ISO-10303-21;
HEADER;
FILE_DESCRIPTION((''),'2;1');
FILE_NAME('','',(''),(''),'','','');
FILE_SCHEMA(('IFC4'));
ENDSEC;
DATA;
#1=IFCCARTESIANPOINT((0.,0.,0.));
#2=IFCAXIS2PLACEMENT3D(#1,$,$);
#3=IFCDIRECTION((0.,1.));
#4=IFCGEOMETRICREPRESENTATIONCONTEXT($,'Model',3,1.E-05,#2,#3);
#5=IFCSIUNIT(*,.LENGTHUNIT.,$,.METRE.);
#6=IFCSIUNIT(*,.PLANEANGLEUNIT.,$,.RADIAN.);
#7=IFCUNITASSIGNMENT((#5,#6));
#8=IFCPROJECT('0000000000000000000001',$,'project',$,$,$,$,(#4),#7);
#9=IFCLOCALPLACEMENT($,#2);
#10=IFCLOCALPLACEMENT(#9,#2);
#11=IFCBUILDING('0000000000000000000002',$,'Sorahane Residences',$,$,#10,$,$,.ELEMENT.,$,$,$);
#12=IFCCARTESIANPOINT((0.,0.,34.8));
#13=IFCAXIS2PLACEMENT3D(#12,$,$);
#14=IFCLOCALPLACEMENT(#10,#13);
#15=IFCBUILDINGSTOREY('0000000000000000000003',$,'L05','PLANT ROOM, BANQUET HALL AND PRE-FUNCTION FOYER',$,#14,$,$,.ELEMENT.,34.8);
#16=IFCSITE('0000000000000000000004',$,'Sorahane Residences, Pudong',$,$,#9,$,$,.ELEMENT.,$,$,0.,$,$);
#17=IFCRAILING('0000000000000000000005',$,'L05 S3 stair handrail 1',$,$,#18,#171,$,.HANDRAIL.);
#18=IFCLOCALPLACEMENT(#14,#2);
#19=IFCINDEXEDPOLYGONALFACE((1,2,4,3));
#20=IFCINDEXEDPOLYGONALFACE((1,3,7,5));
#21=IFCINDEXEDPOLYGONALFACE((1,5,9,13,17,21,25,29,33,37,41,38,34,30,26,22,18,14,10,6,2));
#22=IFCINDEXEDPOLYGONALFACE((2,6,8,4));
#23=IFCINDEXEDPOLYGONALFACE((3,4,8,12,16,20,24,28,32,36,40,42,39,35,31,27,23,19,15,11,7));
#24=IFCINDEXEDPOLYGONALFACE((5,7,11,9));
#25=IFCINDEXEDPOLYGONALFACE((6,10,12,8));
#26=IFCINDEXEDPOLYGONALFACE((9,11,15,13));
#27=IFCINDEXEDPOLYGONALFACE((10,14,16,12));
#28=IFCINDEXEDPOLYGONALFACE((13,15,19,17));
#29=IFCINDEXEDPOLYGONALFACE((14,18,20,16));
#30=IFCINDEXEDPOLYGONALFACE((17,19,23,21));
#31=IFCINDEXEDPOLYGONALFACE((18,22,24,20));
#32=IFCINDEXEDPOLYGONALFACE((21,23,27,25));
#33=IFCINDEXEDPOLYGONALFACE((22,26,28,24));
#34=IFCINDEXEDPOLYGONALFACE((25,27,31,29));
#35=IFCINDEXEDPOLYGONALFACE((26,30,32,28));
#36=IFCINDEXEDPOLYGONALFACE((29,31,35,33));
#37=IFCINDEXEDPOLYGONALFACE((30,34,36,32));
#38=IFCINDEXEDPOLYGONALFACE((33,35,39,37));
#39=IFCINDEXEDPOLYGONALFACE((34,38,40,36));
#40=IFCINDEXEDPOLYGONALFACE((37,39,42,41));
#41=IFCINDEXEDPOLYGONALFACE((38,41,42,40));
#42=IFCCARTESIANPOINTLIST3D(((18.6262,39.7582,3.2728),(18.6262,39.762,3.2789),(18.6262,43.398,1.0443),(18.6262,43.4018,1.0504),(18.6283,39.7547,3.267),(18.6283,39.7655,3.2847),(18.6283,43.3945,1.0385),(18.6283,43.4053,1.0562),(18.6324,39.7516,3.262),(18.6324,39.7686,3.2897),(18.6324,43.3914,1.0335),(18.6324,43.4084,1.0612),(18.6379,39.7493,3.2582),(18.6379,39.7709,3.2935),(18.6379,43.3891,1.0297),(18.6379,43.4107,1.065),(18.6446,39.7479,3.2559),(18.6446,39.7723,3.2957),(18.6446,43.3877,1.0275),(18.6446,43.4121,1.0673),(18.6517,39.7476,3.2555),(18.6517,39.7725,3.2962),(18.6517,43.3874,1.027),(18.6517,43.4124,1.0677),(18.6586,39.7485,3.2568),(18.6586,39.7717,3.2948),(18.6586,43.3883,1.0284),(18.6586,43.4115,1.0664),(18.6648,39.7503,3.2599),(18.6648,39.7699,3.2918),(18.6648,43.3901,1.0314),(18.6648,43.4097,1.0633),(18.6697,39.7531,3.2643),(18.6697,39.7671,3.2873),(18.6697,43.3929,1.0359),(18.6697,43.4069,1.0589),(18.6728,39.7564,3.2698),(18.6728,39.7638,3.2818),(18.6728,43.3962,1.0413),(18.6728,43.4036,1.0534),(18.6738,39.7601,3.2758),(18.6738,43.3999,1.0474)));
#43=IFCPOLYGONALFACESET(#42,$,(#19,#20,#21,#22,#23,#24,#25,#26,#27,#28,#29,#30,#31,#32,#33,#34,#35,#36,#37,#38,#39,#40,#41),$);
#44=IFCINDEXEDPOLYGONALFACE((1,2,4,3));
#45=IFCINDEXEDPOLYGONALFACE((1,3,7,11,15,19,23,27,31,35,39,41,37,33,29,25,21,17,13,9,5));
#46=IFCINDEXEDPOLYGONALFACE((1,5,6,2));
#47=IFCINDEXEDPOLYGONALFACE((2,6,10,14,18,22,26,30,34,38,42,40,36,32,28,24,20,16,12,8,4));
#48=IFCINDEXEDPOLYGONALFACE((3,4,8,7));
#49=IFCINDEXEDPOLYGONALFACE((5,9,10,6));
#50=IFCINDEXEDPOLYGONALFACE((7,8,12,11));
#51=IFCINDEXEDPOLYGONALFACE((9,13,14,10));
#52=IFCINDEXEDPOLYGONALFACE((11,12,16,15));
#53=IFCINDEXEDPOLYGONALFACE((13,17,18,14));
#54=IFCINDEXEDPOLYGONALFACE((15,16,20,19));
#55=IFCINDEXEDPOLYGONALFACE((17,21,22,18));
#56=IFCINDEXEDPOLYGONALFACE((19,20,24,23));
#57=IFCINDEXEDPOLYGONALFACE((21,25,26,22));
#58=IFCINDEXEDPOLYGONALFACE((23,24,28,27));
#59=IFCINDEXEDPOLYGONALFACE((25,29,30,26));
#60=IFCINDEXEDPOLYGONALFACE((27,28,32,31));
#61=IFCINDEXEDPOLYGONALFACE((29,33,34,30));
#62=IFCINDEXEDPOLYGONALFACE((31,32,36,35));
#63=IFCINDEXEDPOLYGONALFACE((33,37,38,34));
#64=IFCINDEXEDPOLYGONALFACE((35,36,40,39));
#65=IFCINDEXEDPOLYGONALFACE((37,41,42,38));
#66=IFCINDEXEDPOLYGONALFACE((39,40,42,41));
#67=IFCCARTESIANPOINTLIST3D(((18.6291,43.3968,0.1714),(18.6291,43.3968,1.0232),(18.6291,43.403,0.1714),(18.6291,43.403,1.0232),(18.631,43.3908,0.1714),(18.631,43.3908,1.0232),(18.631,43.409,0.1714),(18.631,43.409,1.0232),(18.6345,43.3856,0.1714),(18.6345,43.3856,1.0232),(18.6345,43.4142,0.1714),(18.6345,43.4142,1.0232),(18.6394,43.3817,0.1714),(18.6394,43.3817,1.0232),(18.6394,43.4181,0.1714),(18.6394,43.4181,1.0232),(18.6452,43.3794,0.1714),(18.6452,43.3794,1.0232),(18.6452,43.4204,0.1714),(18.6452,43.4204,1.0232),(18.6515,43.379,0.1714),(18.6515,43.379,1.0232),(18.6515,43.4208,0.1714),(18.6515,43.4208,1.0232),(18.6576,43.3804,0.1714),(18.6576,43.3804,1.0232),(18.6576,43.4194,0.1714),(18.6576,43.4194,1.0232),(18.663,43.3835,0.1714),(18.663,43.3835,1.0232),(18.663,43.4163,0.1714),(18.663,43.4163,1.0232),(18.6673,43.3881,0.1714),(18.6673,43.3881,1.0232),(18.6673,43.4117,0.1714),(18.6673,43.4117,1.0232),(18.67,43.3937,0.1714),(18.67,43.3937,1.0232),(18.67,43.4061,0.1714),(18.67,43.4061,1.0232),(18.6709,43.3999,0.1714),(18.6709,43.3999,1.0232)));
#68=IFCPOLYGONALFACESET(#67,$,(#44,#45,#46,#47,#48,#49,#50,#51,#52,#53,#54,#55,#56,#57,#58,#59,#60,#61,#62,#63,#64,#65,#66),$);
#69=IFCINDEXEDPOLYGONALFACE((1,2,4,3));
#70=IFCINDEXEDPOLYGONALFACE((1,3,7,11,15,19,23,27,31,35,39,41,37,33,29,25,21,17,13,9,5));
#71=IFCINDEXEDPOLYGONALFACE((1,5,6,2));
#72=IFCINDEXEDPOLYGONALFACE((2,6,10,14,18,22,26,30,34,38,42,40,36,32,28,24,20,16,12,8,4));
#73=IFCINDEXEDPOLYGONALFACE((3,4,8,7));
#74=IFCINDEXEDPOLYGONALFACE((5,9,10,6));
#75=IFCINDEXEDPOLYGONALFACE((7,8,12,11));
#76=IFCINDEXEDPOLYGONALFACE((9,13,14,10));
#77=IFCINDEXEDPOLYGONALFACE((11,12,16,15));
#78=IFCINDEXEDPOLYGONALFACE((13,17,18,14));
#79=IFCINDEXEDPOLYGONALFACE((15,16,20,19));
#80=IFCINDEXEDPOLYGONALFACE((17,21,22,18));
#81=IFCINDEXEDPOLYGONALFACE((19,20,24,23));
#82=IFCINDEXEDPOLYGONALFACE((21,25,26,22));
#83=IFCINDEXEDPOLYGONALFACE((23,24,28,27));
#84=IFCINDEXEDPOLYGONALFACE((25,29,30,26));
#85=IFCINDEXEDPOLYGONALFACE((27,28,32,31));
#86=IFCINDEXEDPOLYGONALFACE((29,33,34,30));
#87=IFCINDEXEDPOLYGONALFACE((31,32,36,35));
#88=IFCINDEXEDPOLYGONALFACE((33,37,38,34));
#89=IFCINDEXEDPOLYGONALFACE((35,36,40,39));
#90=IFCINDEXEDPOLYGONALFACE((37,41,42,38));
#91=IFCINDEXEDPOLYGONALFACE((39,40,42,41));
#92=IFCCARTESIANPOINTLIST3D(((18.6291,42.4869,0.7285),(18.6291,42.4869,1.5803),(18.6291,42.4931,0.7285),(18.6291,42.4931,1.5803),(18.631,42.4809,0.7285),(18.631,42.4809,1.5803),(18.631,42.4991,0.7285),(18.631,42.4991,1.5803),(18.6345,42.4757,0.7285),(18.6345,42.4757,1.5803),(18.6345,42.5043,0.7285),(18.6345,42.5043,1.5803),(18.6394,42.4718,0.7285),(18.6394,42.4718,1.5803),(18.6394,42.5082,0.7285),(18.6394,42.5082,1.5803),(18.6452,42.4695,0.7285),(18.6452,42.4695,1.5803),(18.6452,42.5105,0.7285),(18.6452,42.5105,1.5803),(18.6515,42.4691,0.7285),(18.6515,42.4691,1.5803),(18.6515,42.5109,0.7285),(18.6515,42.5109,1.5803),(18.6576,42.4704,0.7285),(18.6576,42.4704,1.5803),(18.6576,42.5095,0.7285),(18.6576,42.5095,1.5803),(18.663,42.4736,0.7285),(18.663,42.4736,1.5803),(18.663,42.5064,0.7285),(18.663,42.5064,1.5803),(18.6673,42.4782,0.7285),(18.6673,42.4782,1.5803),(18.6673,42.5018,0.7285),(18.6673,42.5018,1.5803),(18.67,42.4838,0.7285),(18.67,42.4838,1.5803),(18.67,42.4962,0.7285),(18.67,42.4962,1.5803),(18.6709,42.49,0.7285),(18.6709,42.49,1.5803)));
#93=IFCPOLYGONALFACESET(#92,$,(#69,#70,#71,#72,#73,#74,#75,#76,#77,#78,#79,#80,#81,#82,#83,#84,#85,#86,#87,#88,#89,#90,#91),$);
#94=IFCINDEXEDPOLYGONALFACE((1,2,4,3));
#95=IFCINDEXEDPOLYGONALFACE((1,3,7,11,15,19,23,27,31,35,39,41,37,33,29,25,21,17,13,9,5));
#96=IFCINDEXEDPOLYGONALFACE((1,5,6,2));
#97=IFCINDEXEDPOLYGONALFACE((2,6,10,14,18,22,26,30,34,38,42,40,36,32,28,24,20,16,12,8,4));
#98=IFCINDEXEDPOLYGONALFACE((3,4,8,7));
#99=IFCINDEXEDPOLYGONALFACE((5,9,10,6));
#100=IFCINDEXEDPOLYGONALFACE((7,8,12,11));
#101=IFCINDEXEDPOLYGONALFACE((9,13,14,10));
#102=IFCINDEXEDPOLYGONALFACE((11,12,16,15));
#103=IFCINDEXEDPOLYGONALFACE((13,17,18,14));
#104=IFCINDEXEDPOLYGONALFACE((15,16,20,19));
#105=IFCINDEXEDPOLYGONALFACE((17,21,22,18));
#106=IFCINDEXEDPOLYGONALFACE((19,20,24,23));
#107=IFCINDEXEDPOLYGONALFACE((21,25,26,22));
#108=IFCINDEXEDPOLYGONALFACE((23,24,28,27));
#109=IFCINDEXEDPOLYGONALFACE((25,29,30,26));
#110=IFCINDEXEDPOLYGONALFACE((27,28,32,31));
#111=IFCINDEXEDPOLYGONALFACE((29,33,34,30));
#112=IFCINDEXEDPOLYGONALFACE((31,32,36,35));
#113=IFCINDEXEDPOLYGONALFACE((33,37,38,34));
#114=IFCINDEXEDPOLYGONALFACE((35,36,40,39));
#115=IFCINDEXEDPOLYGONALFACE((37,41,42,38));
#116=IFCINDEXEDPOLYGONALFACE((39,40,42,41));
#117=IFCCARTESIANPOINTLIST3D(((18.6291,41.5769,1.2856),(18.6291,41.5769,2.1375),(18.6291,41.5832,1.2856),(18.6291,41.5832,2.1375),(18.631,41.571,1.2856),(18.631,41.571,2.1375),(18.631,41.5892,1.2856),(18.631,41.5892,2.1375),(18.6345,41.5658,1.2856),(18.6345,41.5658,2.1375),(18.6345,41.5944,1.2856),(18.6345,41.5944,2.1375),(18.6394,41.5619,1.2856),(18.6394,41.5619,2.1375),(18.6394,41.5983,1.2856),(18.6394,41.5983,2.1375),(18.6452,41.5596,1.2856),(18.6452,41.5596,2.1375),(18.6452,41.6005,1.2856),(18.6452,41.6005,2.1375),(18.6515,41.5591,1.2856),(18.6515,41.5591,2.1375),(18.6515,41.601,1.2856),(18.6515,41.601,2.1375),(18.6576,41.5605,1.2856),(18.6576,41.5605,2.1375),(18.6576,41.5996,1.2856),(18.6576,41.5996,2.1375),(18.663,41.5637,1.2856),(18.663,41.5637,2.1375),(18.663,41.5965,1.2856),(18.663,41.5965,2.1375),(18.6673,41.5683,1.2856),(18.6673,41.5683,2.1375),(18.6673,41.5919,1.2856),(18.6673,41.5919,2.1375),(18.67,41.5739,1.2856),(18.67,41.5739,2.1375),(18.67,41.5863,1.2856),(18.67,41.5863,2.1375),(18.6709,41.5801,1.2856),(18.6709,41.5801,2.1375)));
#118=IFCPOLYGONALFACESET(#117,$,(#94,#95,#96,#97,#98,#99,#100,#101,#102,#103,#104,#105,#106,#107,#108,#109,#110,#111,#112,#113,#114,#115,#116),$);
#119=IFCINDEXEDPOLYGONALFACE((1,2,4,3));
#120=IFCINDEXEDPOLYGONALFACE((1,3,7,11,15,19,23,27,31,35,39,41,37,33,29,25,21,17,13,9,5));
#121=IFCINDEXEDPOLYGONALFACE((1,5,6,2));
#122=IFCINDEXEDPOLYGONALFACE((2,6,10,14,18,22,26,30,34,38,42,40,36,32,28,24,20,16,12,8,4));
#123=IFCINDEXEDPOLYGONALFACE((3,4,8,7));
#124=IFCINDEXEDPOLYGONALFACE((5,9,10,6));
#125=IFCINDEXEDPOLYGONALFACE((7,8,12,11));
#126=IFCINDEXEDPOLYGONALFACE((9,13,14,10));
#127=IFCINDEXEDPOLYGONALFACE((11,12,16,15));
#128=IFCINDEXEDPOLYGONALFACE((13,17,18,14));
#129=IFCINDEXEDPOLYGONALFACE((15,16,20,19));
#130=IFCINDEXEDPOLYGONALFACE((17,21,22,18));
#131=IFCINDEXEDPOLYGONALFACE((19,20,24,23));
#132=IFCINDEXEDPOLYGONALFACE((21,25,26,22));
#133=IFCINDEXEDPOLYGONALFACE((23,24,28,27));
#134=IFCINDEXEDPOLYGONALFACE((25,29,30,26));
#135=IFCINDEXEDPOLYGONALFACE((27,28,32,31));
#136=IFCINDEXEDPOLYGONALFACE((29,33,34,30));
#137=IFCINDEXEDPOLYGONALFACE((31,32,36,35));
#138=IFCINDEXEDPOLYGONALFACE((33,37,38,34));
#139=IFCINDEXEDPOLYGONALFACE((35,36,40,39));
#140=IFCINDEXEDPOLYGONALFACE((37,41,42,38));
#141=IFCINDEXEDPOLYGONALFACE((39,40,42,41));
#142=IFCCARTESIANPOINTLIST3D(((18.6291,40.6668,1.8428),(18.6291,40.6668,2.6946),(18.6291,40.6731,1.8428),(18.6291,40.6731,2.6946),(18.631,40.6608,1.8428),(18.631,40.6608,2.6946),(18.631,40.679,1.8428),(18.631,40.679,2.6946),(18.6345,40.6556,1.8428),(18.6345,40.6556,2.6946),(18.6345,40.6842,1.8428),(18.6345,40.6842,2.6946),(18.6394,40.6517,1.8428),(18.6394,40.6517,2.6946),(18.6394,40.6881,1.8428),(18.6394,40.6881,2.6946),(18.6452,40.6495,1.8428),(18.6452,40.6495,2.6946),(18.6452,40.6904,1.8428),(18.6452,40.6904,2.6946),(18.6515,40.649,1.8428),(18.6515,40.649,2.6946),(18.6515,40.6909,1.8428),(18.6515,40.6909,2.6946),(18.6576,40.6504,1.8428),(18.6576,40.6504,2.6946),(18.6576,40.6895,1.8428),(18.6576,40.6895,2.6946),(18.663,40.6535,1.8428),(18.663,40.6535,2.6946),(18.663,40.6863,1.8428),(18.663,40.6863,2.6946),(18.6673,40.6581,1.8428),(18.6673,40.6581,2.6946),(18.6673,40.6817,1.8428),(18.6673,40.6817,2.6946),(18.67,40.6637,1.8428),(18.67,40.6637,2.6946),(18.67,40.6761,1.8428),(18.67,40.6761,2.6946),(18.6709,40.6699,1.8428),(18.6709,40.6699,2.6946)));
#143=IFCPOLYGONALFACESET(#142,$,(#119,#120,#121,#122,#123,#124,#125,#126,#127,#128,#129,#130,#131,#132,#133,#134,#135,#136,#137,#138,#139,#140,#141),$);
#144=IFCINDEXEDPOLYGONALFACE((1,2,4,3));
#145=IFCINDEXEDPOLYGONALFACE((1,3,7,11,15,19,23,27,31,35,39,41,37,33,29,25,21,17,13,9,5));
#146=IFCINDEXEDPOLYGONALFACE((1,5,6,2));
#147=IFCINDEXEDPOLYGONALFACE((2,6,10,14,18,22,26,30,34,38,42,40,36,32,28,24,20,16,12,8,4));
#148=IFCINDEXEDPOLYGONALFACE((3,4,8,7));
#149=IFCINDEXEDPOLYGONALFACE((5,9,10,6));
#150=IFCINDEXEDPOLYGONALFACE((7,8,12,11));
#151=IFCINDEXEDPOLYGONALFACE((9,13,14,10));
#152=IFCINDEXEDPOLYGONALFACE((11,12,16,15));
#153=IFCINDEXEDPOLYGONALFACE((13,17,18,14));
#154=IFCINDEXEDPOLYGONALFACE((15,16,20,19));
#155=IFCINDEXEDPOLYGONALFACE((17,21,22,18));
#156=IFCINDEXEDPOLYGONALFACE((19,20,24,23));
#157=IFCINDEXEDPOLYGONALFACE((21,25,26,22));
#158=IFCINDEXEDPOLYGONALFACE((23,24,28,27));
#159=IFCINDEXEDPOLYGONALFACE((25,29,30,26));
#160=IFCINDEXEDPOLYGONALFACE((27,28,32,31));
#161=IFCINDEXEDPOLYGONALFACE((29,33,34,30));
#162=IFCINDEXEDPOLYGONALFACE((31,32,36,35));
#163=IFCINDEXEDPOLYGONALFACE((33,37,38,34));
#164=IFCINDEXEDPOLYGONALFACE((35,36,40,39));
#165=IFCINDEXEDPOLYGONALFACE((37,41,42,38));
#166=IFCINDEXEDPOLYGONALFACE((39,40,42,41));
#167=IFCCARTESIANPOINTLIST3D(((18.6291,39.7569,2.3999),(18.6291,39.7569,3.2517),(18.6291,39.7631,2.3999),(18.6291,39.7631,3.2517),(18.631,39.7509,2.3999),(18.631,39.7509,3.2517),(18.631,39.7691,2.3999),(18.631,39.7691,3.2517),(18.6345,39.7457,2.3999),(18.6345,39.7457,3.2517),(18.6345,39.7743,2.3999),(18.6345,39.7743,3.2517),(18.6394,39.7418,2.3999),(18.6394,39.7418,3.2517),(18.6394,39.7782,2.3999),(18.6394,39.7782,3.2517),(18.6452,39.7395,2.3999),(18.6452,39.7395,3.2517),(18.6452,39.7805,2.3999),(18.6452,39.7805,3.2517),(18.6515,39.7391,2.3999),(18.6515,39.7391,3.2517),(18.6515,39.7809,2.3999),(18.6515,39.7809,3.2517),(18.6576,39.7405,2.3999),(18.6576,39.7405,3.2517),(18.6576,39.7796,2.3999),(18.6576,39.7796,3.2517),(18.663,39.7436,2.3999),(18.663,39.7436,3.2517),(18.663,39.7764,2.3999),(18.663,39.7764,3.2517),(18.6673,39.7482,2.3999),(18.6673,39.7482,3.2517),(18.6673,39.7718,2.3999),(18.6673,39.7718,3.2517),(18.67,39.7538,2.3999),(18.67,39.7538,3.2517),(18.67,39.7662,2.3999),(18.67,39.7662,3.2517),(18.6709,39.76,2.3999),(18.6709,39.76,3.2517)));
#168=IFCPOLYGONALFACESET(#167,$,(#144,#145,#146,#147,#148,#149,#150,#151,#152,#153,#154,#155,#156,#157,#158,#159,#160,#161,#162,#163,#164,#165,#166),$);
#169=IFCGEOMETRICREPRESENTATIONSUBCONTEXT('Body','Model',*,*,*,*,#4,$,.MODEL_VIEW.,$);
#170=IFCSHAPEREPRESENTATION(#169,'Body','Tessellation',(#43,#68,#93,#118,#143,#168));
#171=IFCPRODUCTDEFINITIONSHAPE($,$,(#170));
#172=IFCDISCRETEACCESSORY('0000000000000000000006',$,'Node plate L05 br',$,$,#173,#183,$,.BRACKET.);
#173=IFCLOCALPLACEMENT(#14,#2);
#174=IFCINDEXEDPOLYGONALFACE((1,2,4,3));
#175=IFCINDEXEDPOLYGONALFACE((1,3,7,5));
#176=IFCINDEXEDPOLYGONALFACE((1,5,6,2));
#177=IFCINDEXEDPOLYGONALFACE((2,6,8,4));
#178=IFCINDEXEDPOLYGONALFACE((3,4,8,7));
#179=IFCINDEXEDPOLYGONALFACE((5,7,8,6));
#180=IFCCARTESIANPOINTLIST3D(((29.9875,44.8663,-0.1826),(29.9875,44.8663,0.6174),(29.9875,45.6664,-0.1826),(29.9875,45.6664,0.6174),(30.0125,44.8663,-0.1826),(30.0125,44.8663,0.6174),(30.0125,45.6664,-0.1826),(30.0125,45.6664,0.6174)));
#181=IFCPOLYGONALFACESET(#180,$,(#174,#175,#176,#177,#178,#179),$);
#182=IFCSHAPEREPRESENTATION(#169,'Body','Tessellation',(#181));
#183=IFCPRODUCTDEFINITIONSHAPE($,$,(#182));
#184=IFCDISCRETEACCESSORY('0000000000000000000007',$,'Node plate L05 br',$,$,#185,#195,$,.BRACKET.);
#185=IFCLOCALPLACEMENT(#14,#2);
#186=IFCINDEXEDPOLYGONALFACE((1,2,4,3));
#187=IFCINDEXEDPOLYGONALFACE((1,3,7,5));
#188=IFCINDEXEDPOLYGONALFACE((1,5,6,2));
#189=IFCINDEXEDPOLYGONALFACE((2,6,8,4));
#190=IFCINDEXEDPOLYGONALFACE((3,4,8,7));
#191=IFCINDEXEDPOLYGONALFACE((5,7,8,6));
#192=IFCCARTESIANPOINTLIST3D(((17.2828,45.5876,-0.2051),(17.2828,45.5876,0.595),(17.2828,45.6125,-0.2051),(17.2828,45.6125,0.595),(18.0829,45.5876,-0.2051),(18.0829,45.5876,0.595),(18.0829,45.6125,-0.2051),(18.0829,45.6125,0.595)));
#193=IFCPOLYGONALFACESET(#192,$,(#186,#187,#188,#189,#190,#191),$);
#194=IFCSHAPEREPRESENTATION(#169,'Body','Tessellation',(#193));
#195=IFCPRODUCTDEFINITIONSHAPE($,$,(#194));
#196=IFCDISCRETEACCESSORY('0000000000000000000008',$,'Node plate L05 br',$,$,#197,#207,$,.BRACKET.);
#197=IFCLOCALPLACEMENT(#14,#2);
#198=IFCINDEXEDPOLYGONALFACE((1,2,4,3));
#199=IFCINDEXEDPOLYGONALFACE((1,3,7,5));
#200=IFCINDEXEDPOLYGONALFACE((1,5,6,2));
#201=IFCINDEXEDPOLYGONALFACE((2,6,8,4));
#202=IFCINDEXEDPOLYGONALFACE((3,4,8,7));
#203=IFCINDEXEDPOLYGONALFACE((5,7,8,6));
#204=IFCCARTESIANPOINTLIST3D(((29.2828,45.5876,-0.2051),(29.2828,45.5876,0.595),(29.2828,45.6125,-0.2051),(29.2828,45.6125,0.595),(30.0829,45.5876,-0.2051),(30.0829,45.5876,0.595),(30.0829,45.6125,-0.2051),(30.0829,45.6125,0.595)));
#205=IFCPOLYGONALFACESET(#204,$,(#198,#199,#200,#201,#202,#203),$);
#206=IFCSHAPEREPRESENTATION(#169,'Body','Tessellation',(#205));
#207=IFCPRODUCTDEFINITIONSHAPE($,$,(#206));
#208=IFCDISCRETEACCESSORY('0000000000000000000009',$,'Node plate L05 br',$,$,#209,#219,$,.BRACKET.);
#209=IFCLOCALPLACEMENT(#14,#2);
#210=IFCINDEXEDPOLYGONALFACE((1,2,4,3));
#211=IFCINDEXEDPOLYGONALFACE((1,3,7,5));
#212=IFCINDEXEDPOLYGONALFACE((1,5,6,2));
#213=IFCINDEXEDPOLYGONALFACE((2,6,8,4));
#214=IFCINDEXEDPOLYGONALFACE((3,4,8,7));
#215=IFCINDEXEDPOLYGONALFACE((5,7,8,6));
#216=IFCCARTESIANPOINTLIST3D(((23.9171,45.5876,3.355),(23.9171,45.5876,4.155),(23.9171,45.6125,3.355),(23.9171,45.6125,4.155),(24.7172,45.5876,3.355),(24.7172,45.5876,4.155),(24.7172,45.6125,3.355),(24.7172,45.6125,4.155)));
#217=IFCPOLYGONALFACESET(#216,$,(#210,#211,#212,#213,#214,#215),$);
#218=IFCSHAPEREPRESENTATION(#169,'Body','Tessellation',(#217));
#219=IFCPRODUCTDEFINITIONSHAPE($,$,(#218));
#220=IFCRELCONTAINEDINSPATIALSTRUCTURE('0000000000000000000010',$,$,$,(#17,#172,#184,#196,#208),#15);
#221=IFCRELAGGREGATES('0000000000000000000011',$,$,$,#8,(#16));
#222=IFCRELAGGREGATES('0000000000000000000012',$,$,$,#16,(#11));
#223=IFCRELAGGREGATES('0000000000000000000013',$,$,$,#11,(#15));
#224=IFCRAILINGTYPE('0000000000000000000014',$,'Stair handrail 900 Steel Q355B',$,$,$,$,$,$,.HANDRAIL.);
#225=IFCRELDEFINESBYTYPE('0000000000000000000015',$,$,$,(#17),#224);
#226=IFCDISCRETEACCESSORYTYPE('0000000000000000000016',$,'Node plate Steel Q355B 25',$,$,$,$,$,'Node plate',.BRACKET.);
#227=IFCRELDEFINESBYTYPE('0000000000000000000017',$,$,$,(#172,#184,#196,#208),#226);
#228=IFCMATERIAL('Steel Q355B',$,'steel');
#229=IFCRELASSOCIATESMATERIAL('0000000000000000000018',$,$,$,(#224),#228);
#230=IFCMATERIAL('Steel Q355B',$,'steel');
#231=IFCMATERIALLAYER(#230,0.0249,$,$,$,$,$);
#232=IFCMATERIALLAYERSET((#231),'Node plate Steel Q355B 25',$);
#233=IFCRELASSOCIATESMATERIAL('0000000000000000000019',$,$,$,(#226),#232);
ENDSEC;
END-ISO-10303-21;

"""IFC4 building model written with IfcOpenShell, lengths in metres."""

from ifc_helpers import new_model, si_unit, direction, frame, origin, origin_2d, place, context, subcontext, project, spatial, rectangle, circle, extrude, material, layer, layer_set, type_object, element, save


model = new_model("IFC4")

# Units and contexts
model_context = context("Model", 3, precision=1e-05, world=origin(), true_north=direction((0.0, 1.0)))
body_context = subcontext(model_context, "Body", "Model", "MODEL_VIEW")
ifc_project = project(units=[si_unit("LENGTHUNIT", "METRE"), si_unit("PLANEANGLEUNIT", "RADIAN")], contexts=[model_context])

# Site, building, storey
site_placement = place(None, origin())
site = spatial("IfcSite", under=ifc_project, at=site_placement, Name="Sorahane Residences, Pudong", CompositionType="ELEMENT", RefElevation=0.0)
building_placement = place(site_placement, origin())
building = spatial("IfcBuilding", under=site, at=building_placement, Name="Sorahane Residences", CompositionType="ELEMENT")
storey_placement = place(building_placement, frame((0.0, 0.0, 34.8)))
storey = spatial("IfcBuildingStorey", under=building, at=storey_placement, Name="L05", Description="PLANT ROOM, BANQUET HALL AND PRE-FUNCTION FOYER", CompositionType="ELEMENT", Elevation=34.8)

# Railing
ifc_material_1 = material(Name="Steel Q355B", Category="steel")
railing_type_1 = type_object("IfcRailingType", Name="Stair handrail 900 Steel Q355B", PredefinedType="HANDRAIL", material=ifc_material_1)
railing_1_placement = place(storey_placement, frame((18.6499, 43.3999, 0.1714)))
element("IfcRailing", 1, at=railing_1_placement, inside=storey, type_object=railing_type_1, Name="L05 S3 stair handrail 1", PredefinedType="HANDRAIL", context=body_context, shape_type="SweptSolid", body=[
    extrude(circle(Radius=0.0239, at=origin_2d()), frame((0.0, 0.0, 0.876), z_axis=(0.0, -0.85285, 0.522156), x_axis=(1.0, 0.0, 0.0)), (0.0, 0.0, 1.0), 4.2678),
    extrude(circle(Radius=0.021, at=origin_2d()), origin(), (0.0, 0.0, 1.0), 0.8518),
    extrude(circle(Radius=0.021, at=origin_2d()), frame((0.0, -0.9099, 0.5571)), (0.0, 0.0, 1.0), 0.8518),
    extrude(circle(Radius=0.021, at=origin_2d()), frame((0.0, -1.8198, 1.1143)), (0.0, 0.0, 1.0), 0.8518),
    extrude(circle(Radius=0.021, at=origin_2d()), frame((0.0, -2.73, 1.6714)), (0.0, 0.0, 1.0), 0.8518),
    extrude(circle(Radius=0.021, at=origin_2d()), frame((0.0, -3.6399, 2.2285)), (0.0, 0.0, 1.0), 0.8518),
])

# Discrete accessories
ifc_material_2 = material(Name="Steel Q355B", Category="steel")
ifc_layer_1 = layer(ifc_material_2, 0.0249)
ifc_layer_set_1 = layer_set([ifc_layer_1], Name="Node plate Steel Q355B 25")
discrete_accessory_type = type_object("IfcDiscreteAccessoryType", Name="Node plate Steel Q355B 25", ElementType="Node plate", PredefinedType="BRACKET", material=ifc_layer_set_1)
for number, where, z_axis, x_axis, name in (
    (2, (30.0, 45.2664, -0.1826), (0.0, 0.0, 1.0), (0.0, 1.0, 0.0), "Node plate L05 br"),
    (3, (17.6829, 45.6001, -0.2051), (0.0, 0.0, 1.0), (1.0, 0.0, 0.0), "Node plate L05 br"),
    (4, (29.6829, 45.6001, -0.2051), (0.0, 0.0, 1.0), (1.0, 0.0, 0.0), "Node plate L05 br"),
    (5, (24.3171, 45.6001, 3.355), (0.0, 0.0, 1.0), (1.0, 0.0, 0.0), "Node plate L05 br"),
):
    element("IfcDiscreteAccessory", number, at=place(storey_placement, frame(where, z_axis=z_axis, x_axis=x_axis)), inside=storey, type_object=discrete_accessory_type, Name=name, PredefinedType="BRACKET", context=body_context, shape_type="SweptSolid", body=[
        extrude(rectangle(XDim=0.8, YDim=0.0249, at=origin_2d()), origin(), (0.0, 0.0, 1.0), 0.8),
    ])

save(model, "model.ifc")
